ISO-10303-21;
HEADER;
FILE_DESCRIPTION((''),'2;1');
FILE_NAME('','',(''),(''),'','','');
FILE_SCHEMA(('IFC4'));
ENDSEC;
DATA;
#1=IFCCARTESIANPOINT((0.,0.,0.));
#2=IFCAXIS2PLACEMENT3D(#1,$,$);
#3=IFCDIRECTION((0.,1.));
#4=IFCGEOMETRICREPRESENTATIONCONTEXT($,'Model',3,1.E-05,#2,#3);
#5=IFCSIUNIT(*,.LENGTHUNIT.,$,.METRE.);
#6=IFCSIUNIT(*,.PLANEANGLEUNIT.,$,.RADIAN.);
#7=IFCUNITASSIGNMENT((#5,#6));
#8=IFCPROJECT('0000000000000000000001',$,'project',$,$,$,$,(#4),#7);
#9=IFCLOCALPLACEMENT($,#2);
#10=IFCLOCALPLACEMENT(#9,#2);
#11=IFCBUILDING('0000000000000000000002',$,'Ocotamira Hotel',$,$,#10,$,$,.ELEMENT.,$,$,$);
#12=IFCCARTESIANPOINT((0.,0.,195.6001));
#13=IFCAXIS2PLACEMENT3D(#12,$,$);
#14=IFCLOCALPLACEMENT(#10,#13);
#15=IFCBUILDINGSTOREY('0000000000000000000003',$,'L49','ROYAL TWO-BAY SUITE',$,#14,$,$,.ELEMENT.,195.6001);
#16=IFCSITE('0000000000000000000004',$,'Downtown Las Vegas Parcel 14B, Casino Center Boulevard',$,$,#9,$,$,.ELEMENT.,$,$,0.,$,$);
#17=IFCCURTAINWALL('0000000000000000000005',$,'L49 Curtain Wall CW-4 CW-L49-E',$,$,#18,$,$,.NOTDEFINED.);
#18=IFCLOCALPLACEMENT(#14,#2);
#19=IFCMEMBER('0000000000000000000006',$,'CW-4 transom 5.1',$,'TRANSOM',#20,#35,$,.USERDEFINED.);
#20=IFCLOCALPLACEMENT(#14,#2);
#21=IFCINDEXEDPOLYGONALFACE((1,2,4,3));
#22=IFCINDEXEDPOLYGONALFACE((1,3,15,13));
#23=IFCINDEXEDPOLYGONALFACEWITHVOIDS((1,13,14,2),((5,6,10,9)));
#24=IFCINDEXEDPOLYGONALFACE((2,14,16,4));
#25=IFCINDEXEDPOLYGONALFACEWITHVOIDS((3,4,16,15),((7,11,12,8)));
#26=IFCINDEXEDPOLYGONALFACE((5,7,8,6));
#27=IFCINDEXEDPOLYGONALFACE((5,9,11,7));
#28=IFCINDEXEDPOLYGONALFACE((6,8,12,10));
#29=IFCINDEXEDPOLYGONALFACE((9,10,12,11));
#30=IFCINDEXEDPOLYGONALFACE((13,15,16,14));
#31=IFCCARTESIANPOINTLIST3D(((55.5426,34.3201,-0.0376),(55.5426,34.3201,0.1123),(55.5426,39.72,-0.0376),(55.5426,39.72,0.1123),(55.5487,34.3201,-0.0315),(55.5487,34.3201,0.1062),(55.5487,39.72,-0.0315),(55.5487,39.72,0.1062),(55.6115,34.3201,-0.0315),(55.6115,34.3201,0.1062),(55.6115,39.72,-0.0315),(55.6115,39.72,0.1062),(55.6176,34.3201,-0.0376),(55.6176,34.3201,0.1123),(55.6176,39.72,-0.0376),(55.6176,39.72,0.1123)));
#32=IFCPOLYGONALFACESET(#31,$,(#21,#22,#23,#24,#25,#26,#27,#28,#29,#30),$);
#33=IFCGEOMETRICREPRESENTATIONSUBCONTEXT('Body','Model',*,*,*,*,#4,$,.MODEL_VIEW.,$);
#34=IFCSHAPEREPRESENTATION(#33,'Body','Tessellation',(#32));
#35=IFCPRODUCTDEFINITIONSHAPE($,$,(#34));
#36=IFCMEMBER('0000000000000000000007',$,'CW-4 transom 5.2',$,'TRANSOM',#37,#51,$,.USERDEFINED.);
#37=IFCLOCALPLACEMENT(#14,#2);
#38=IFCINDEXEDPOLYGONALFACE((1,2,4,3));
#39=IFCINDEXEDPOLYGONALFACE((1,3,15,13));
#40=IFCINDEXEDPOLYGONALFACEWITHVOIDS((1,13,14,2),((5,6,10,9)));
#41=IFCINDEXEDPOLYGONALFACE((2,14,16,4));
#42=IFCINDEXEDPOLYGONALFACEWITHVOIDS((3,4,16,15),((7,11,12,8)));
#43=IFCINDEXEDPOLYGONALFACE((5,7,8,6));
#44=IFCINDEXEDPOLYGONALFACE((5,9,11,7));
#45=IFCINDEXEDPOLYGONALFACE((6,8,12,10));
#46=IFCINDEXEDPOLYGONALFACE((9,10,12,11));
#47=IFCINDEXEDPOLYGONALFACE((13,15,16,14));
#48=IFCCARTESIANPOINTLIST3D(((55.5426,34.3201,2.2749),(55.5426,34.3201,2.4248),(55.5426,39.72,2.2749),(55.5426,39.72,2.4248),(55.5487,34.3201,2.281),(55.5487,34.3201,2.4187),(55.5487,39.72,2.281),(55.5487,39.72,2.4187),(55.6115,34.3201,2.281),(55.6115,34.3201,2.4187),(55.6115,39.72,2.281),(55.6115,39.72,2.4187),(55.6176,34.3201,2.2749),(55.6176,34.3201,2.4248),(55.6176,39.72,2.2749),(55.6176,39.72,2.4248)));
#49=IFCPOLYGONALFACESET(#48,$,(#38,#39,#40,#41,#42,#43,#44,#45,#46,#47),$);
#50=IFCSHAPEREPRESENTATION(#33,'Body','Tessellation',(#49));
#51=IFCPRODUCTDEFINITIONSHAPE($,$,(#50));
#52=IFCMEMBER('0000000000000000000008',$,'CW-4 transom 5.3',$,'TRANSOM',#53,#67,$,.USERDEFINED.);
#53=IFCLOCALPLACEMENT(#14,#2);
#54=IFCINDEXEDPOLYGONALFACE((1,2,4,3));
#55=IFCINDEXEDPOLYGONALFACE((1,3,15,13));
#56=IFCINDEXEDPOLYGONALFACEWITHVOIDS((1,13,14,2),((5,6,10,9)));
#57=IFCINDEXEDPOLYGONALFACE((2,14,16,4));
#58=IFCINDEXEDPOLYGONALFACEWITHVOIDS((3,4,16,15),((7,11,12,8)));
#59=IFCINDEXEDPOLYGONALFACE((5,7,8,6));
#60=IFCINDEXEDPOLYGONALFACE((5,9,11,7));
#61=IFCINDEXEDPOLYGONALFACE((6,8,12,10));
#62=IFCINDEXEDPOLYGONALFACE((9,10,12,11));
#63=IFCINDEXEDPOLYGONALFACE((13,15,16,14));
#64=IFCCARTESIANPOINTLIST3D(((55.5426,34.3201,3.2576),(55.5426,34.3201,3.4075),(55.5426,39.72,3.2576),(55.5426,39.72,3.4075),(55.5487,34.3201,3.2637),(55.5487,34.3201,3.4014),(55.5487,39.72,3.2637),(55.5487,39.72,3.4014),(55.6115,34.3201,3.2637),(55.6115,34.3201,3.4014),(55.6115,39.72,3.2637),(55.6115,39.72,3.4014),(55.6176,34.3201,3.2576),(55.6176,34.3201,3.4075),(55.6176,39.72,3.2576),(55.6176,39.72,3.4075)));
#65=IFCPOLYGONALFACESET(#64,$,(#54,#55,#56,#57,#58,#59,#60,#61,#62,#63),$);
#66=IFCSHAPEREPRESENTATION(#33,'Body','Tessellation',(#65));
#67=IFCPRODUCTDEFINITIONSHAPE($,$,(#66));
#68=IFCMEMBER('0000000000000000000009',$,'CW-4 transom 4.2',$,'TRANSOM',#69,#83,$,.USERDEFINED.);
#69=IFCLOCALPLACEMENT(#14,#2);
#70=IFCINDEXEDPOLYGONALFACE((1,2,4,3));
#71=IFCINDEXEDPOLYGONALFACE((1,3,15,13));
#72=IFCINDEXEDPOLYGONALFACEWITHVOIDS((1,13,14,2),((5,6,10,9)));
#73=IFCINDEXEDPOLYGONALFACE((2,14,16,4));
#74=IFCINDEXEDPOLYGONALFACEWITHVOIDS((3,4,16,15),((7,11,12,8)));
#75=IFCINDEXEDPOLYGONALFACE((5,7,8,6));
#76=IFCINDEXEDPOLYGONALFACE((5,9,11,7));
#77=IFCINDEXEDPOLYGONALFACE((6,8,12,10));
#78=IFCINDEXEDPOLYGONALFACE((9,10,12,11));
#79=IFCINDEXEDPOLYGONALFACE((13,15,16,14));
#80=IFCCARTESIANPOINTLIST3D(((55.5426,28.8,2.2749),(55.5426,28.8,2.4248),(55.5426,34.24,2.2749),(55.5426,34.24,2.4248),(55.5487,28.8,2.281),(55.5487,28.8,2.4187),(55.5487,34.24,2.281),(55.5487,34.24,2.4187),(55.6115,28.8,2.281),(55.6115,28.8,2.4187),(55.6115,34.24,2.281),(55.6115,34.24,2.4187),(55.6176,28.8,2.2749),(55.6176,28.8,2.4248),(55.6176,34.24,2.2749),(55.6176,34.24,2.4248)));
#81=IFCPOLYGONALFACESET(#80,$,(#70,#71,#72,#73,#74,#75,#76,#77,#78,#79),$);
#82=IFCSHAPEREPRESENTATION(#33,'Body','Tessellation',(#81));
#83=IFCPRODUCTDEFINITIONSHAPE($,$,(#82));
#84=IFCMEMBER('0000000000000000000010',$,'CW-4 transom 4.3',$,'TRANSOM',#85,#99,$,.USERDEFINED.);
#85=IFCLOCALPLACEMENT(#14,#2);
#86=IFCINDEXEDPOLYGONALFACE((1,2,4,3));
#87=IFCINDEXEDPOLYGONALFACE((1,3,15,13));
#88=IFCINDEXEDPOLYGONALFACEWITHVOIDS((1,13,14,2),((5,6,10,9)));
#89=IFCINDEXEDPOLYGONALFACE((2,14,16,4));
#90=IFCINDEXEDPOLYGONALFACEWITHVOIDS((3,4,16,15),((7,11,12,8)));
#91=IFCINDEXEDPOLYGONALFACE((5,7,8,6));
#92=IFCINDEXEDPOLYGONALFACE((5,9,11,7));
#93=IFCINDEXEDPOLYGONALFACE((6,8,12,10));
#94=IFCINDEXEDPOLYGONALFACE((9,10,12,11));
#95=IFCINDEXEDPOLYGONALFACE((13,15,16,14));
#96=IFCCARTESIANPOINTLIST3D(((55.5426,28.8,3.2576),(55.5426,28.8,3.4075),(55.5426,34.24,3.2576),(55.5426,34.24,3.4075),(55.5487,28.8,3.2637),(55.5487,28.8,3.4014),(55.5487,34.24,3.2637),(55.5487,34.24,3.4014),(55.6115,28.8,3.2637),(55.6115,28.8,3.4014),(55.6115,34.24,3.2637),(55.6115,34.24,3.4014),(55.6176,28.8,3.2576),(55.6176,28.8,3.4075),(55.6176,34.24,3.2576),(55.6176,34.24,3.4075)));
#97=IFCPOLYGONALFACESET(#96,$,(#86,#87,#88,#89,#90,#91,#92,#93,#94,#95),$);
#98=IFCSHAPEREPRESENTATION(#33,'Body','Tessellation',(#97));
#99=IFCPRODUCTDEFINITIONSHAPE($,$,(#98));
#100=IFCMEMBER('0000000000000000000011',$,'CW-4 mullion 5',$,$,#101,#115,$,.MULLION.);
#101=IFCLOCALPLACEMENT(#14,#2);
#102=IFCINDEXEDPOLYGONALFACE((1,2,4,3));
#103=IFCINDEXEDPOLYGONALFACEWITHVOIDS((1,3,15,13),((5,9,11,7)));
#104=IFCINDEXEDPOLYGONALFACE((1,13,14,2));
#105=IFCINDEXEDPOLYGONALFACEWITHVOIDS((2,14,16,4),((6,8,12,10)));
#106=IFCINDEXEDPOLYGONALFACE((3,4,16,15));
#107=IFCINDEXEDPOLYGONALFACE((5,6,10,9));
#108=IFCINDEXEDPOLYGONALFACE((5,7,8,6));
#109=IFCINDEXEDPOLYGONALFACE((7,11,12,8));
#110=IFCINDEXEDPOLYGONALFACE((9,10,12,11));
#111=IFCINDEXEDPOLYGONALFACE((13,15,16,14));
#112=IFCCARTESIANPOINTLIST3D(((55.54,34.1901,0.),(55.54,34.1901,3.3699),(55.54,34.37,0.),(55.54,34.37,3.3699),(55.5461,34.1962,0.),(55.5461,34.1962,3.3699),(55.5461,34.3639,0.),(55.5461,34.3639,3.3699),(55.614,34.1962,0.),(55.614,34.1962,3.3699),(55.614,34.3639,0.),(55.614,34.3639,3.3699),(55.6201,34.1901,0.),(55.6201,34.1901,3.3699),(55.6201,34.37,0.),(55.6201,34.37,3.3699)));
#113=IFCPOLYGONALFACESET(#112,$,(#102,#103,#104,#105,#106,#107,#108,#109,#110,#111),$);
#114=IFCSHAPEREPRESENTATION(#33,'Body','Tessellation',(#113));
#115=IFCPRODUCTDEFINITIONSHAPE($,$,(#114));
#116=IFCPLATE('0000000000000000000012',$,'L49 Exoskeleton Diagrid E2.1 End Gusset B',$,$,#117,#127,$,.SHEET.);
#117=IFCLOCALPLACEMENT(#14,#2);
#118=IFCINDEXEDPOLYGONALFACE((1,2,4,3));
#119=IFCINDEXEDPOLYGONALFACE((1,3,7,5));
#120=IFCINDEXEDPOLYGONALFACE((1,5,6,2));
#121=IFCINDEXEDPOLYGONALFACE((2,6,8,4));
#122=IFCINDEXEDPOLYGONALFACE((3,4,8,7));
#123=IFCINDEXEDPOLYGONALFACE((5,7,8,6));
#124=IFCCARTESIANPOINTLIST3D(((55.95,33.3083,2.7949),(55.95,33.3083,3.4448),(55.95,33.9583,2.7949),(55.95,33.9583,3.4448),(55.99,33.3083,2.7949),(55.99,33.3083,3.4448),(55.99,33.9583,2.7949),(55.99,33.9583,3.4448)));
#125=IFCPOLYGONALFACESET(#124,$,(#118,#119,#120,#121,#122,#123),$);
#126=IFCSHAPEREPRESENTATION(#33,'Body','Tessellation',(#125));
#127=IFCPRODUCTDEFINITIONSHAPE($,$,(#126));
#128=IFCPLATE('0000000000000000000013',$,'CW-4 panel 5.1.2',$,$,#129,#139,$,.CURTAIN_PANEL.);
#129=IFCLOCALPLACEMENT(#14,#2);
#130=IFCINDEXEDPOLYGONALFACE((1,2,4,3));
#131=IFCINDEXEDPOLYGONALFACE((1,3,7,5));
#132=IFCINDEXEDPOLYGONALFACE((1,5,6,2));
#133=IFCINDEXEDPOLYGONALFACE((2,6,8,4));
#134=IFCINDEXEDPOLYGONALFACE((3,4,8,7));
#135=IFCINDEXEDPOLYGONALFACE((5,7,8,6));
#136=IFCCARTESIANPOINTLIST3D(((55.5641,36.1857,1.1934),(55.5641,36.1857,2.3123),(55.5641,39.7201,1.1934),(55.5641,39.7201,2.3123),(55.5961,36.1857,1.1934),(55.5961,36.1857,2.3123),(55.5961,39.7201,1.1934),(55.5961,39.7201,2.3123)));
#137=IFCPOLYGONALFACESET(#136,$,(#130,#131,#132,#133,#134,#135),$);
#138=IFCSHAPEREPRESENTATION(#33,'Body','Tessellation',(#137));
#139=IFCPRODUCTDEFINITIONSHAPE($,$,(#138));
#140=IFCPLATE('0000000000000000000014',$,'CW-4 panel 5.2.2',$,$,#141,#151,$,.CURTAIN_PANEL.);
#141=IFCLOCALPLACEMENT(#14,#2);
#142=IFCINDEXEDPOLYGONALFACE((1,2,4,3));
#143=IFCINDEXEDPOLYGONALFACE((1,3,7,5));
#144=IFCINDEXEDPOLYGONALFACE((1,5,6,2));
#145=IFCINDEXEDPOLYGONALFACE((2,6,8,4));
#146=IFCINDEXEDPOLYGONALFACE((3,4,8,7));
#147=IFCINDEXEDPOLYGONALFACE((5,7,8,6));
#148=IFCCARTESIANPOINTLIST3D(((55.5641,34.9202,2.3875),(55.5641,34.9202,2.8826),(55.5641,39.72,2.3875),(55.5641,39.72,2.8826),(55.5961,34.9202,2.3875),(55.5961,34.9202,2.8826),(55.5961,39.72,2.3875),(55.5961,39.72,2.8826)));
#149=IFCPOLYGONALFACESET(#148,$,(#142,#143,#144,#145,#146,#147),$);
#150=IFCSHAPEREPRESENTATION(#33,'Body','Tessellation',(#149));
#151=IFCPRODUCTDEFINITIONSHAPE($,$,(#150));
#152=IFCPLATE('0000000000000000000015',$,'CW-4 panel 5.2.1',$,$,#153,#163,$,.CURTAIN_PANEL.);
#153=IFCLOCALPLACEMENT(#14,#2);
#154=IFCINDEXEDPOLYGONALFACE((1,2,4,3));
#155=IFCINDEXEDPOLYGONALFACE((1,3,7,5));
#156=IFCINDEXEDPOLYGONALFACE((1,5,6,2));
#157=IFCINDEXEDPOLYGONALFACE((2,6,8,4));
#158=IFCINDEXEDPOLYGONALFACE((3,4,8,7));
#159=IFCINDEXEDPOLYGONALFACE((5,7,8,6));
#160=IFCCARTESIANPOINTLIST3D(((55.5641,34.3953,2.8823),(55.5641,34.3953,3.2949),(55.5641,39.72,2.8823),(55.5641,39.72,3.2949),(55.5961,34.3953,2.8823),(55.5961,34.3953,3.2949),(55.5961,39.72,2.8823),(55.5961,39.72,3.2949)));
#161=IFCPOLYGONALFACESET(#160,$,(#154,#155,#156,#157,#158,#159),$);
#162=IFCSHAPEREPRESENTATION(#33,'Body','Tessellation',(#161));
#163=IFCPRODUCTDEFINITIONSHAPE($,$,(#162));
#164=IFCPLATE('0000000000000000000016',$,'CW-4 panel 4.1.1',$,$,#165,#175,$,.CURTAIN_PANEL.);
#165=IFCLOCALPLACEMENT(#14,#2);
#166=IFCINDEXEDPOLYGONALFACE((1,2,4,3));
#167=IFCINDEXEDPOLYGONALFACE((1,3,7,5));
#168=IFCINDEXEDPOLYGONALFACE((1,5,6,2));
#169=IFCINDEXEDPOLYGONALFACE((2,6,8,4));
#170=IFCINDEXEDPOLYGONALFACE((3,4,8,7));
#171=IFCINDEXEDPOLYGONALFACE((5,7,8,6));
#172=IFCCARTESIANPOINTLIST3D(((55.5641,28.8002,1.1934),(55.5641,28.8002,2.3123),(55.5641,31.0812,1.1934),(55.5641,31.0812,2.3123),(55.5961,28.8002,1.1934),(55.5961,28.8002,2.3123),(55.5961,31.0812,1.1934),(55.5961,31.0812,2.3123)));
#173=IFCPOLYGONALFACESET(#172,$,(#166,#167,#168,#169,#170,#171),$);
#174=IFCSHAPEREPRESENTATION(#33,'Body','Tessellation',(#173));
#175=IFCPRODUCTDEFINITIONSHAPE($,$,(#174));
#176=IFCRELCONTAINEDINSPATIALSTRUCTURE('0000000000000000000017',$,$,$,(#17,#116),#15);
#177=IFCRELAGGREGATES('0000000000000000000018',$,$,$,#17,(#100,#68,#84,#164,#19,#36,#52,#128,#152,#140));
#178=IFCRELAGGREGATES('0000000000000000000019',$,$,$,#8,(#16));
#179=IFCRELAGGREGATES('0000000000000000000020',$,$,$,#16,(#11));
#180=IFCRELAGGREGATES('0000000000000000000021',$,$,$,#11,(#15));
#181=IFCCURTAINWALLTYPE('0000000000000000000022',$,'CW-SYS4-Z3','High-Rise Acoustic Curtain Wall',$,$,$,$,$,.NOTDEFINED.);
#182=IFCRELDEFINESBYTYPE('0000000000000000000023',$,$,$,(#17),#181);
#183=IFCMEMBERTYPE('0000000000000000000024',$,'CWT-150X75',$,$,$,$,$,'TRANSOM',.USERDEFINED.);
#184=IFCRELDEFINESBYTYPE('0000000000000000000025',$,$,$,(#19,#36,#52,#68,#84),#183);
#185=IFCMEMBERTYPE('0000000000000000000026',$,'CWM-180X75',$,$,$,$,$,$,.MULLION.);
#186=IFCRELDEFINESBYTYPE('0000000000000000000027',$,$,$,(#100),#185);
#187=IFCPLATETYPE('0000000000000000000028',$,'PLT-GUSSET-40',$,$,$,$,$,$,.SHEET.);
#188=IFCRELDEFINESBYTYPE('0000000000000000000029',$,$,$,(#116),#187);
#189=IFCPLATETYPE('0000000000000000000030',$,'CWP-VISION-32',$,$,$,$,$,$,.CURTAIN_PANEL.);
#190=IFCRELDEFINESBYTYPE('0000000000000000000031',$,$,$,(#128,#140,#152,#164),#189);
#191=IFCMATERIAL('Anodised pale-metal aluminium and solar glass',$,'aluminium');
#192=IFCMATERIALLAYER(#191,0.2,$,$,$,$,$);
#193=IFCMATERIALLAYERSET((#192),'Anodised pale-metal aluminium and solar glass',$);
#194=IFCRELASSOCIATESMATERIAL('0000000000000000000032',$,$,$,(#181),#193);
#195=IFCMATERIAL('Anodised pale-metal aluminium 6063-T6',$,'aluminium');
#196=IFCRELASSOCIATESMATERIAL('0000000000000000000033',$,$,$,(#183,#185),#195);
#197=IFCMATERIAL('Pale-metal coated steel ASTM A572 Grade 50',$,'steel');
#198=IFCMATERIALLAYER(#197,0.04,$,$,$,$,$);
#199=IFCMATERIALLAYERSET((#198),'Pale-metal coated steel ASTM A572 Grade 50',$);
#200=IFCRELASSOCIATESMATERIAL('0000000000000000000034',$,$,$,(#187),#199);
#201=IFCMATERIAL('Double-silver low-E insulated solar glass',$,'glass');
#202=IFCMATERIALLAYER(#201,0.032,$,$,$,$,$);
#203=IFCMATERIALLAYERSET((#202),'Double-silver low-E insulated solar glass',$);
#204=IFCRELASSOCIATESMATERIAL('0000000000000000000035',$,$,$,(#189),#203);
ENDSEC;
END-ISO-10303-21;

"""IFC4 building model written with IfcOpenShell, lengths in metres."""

from ifc_helpers import new_model, si_unit, direction, frame, origin, origin_2d, place, context, subcontext, project, spatial, rectangle, hollow_rectangle, extrude, source, transform, mapped, material, layer, layer_set, material_profile, profile_set, type_object, element, aggregate, save


model = new_model("IFC4")

# Units and contexts
model_context = context("Model", 3, precision=1e-05, world=origin(), true_north=direction((0.0, 1.0)))
body_context = subcontext(model_context, "Body", "Model", "MODEL_VIEW")
ifc_project = project(units=[si_unit("LENGTHUNIT", "METRE"), si_unit("PLANEANGLEUNIT", "RADIAN")], contexts=[model_context])

# Site, building, storey
site_placement = place(None, origin())
site = spatial("IfcSite", under=ifc_project, at=site_placement, Name="Downtown Las Vegas Parcel 14B, Casino Center Boulevard", CompositionType="ELEMENT", RefElevation=0.0)
building_placement = place(site_placement, origin())
building = spatial("IfcBuilding", under=site, at=building_placement, Name="Ocotamira Hotel", CompositionType="ELEMENT")
storey_placement = place(building_placement, frame((0.0, 0.0, 195.6001)))
storey = spatial("IfcBuildingStorey", under=building, at=storey_placement, Name="L49", Description="ROYAL TWO-BAY SUITE", CompositionType="ELEMENT", Elevation=195.6001)

# Curtain wall, members
ifc_material_1 = material(Name="Anodised pale-metal aluminium and solar glass", Category="aluminium")
ifc_layer_1 = layer(ifc_material_1, 0.2)
ifc_layer_set_1 = layer_set([ifc_layer_1], Name="Anodised pale-metal aluminium and solar glass")
curtain_wall_type = type_object("IfcCurtainWallType", Name="CW-SYS4-Z3", Description="High-Rise Acoustic Curtain Wall", PredefinedType="NOTDEFINED", material=ifc_layer_set_1)
curtain_wall_placement = place(storey_placement, origin())
curtain_wall = element("IfcCurtainWall", 1, at=curtain_wall_placement, inside=storey, type_object=curtain_wall_type, Name="L49 Curtain Wall CW-4 CW-L49-E", PredefinedType="NOTDEFINED")
ifc_material_2 = material(Name="Anodised pale-metal aluminium 6063-T6", Category="aluminium")
ifc_material_profile_1 = material_profile(ifc_material_2, hollow_rectangle(XDim=0.075, YDim=0.1499, WallThickness=0.0061, at=origin_2d()), Name="HSS150X75X6")
ifc_profile_set_1 = profile_set([ifc_material_profile_1], Name="Anodised pale-metal aluminium 6063-T6")
member_type_1 = type_object("IfcMemberType", Name="CWT-150X75", ElementType="TRANSOM", PredefinedType="USERDEFINED", material=ifc_profile_set_1)
shared_shape_1 = source(origin(), body_context, "Body", "SweptSolid", [
    extrude(hollow_rectangle(XDim=0.075, YDim=0.1499, WallThickness=0.0061, at=origin_2d()), origin(), (0.0, 0.0, 1.0), 5.3999),
])
member_1_placement = place(storey_placement, frame((55.5801, 34.3201, 0.0374), z_axis=(0.0, 1.0, 0.0), x_axis=(-1.0, 0.0, 0.0)))
member_1 = element("IfcMember", 2, at=member_1_placement, type_object=member_type_1, Name="CW-4 transom 5.1", ObjectType="TRANSOM", PredefinedType="USERDEFINED", context=body_context, shape_type="MappedRepresentation", body=[
    mapped(shared_shape_1, transform((0.0, 0.0, 0.0), scale=1.0)),
])
member_2_placement = place(storey_placement, frame((55.5801, 34.3201, 2.3499), z_axis=(0.0, 1.0, 0.0), x_axis=(-1.0, 0.0, 0.0)))
member_2 = element("IfcMember", 3, at=member_2_placement, type_object=member_type_1, Name="CW-4 transom 5.2", ObjectType="TRANSOM", PredefinedType="USERDEFINED", context=body_context, shape_type="MappedRepresentation", body=[
    mapped(shared_shape_1, transform((0.0, 0.0, 0.0), scale=1.0)),
])
member_3_placement = place(storey_placement, frame((55.5801, 34.3201, 3.3325), z_axis=(0.0, 1.0, 0.0), x_axis=(-1.0, 0.0, 0.0)))
member_3 = element("IfcMember", 4, at=member_3_placement, type_object=member_type_1, Name="CW-4 transom 5.3", ObjectType="TRANSOM", PredefinedType="USERDEFINED", context=body_context, shape_type="MappedRepresentation", body=[
    mapped(shared_shape_1, transform((0.0, 0.0, 0.0), scale=1.0)),
])
shared_shape_2 = source(origin(), body_context, "Body", "SweptSolid", [
    extrude(hollow_rectangle(XDim=0.075, YDim=0.1499, WallThickness=0.0061, at=origin_2d()), origin(), (0.0, 0.0, 1.0), 5.4399),
])
member_4_placement = place(storey_placement, frame((55.5801, 28.8, 2.3499), z_axis=(0.0, 1.0, 0.0), x_axis=(-1.0, 0.0, 0.0)))
member_4 = element("IfcMember", 5, at=member_4_placement, type_object=member_type_1, Name="CW-4 transom 4.2", ObjectType="TRANSOM", PredefinedType="USERDEFINED", context=body_context, shape_type="MappedRepresentation", body=[
    mapped(shared_shape_2, transform((0.0, 0.0, 0.0), scale=1.0)),
])
member_5_placement = place(storey_placement, frame((55.5801, 28.8, 3.3325), z_axis=(0.0, 1.0, 0.0), x_axis=(-1.0, 0.0, 0.0)))
member_5 = element("IfcMember", 6, at=member_5_placement, type_object=member_type_1, Name="CW-4 transom 4.3", ObjectType="TRANSOM", PredefinedType="USERDEFINED", context=body_context, shape_type="MappedRepresentation", body=[
    mapped(shared_shape_2, transform((0.0, 0.0, 0.0), scale=1.0)),
])
ifc_material_profile_2 = material_profile(ifc_material_2, hollow_rectangle(XDim=0.0801, YDim=0.1799, WallThickness=0.0061, at=origin_2d()), Name="HSS180X80X6")
ifc_profile_set_2 = profile_set([ifc_material_profile_2], Name="Anodised pale-metal aluminium 6063-T6")
member_type_2 = type_object("IfcMemberType", Name="CWM-180X75", PredefinedType="MULLION", material=ifc_profile_set_2)
shared_shape_3 = source(origin(), body_context, "Body", "SweptSolid", [
    extrude(hollow_rectangle(XDim=0.0801, YDim=0.1799, WallThickness=0.0061, at=origin_2d()), origin(), (0.0, 0.0, 1.0), 3.3699),
])
member_6_placement = place(storey_placement, frame((55.5801, 34.28, 0.0), z_axis=(0.0, 0.0, 1.0), x_axis=(-1.0, 0.0, 0.0)))
member_6 = element("IfcMember", 7, at=member_6_placement, type_object=member_type_2, Name="CW-4 mullion 5", PredefinedType="MULLION", context=body_context, shape_type="MappedRepresentation", body=[
    mapped(shared_shape_3, transform((0.0, 0.0, 0.0), scale=1.0)),
])

# Plates
ifc_material_3 = material(Name="Pale-metal coated steel ASTM A572 Grade 50", Category="steel")
ifc_layer_2 = layer(ifc_material_3, 0.04)
ifc_layer_set_2 = layer_set([ifc_layer_2], Name="Pale-metal coated steel ASTM A572 Grade 50")
plate_type_1 = type_object("IfcPlateType", Name="PLT-GUSSET-40", PredefinedType="SHEET", material=ifc_layer_set_2)
shared_shape_4 = source(origin(), body_context, "Body", "SweptSolid", [
    extrude(rectangle(XDim=0.04, YDim=0.6499, at=origin_2d()), origin(), (0.0, 0.0, 1.0), 0.6499),
])
plate_1_placement = place(storey_placement, frame((55.97, 33.6333, 2.7949), z_axis=(0.0, 0.0, 1.0), x_axis=(1.0, 0.0, 0.0)))
element("IfcPlate", 8, at=plate_1_placement, inside=storey, type_object=plate_type_1, Name="L49 Exoskeleton Diagrid E2.1 End Gusset B", PredefinedType="SHEET", context=body_context, shape_type="MappedRepresentation", body=[
    mapped(shared_shape_4, transform((0.0, 0.0, 0.0), scale=1.0)),
])
ifc_material_4 = material(Name="Double-silver low-E insulated solar glass", Category="glass")
ifc_layer_3 = layer(ifc_material_4, 0.032)
ifc_layer_set_3 = layer_set([ifc_layer_3], Name="Double-silver low-E insulated solar glass")
plate_type_2 = type_object("IfcPlateType", Name="CWP-VISION-32", PredefinedType="CURTAIN_PANEL", material=ifc_layer_set_3)
shared_shape_5 = source(origin(), body_context, "Body", "SweptSolid", [
    extrude(rectangle(XDim=3.5344, YDim=0.032, at=origin_2d()), origin(), (0.0, 0.0, 1.0), 1.1189),
])
plate_2_placement = place(storey_placement, frame((55.5801, 37.9529, 1.1934), z_axis=(0.0, 0.0, 1.0), x_axis=(0.0, 1.0, 0.0)))
plate_2 = element("IfcPlate", 9, at=plate_2_placement, type_object=plate_type_2, Name="CW-4 panel 5.1.2", PredefinedType="CURTAIN_PANEL", context=body_context, shape_type="MappedRepresentation", body=[
    mapped(shared_shape_5, transform((0.0, 0.0, 0.0), scale=1.0)),
])
shared_shape_6 = source(origin(), body_context, "Body", "SweptSolid", [
    extrude(rectangle(XDim=4.7998, YDim=0.032, at=origin_2d()), origin(), (0.0, 0.0, 1.0), 0.4951),
])
plate_3_placement = place(storey_placement, frame((55.5801, 37.3201, 2.3875), z_axis=(0.0, 0.0, 1.0), x_axis=(0.0, 1.0, 0.0)))
plate_3 = element("IfcPlate", 10, at=plate_3_placement, type_object=plate_type_2, Name="CW-4 panel 5.2.2", PredefinedType="CURTAIN_PANEL", context=body_context, shape_type="MappedRepresentation", body=[
    mapped(shared_shape_6, transform((0.0, 0.0, 0.0), scale=1.0)),
])
shared_shape_7 = source(origin(), body_context, "Body", "SweptSolid", [
    extrude(rectangle(XDim=5.3247, YDim=0.032, at=origin_2d()), origin(), (0.0, 0.0, 1.0), 0.4126),
])
plate_4_placement = place(storey_placement, frame((55.5801, 37.0576, 2.8823), z_axis=(0.0, 0.0, 1.0), x_axis=(0.0, 1.0, 0.0)))
plate_4 = element("IfcPlate", 11, at=plate_4_placement, type_object=plate_type_2, Name="CW-4 panel 5.2.1", PredefinedType="CURTAIN_PANEL", context=body_context, shape_type="MappedRepresentation", body=[
    mapped(shared_shape_7, transform((0.0, 0.0, 0.0), scale=1.0)),
])
shared_shape_8 = source(origin(), body_context, "Body", "SweptSolid", [
    extrude(rectangle(XDim=2.281, YDim=0.032, at=origin_2d()), origin(), (0.0, 0.0, 1.0), 1.1189),
])
plate_5_placement = place(storey_placement, frame((55.5801, 29.9407, 1.1934), z_axis=(0.0, 0.0, 1.0), x_axis=(0.0, 1.0, 0.0)))
plate_5 = element("IfcPlate", 12, at=plate_5_placement, type_object=plate_type_2, Name="CW-4 panel 4.1.1", PredefinedType="CURTAIN_PANEL", context=body_context, shape_type="MappedRepresentation", body=[
    mapped(shared_shape_8, transform((0.0, 0.0, 0.0), scale=1.0)),
])
aggregate(curtain_wall, [member_6, member_4, member_5, plate_5, member_1, member_2, member_3, plate_2, plate_4, plate_3])

save(model, "model.ifc")
